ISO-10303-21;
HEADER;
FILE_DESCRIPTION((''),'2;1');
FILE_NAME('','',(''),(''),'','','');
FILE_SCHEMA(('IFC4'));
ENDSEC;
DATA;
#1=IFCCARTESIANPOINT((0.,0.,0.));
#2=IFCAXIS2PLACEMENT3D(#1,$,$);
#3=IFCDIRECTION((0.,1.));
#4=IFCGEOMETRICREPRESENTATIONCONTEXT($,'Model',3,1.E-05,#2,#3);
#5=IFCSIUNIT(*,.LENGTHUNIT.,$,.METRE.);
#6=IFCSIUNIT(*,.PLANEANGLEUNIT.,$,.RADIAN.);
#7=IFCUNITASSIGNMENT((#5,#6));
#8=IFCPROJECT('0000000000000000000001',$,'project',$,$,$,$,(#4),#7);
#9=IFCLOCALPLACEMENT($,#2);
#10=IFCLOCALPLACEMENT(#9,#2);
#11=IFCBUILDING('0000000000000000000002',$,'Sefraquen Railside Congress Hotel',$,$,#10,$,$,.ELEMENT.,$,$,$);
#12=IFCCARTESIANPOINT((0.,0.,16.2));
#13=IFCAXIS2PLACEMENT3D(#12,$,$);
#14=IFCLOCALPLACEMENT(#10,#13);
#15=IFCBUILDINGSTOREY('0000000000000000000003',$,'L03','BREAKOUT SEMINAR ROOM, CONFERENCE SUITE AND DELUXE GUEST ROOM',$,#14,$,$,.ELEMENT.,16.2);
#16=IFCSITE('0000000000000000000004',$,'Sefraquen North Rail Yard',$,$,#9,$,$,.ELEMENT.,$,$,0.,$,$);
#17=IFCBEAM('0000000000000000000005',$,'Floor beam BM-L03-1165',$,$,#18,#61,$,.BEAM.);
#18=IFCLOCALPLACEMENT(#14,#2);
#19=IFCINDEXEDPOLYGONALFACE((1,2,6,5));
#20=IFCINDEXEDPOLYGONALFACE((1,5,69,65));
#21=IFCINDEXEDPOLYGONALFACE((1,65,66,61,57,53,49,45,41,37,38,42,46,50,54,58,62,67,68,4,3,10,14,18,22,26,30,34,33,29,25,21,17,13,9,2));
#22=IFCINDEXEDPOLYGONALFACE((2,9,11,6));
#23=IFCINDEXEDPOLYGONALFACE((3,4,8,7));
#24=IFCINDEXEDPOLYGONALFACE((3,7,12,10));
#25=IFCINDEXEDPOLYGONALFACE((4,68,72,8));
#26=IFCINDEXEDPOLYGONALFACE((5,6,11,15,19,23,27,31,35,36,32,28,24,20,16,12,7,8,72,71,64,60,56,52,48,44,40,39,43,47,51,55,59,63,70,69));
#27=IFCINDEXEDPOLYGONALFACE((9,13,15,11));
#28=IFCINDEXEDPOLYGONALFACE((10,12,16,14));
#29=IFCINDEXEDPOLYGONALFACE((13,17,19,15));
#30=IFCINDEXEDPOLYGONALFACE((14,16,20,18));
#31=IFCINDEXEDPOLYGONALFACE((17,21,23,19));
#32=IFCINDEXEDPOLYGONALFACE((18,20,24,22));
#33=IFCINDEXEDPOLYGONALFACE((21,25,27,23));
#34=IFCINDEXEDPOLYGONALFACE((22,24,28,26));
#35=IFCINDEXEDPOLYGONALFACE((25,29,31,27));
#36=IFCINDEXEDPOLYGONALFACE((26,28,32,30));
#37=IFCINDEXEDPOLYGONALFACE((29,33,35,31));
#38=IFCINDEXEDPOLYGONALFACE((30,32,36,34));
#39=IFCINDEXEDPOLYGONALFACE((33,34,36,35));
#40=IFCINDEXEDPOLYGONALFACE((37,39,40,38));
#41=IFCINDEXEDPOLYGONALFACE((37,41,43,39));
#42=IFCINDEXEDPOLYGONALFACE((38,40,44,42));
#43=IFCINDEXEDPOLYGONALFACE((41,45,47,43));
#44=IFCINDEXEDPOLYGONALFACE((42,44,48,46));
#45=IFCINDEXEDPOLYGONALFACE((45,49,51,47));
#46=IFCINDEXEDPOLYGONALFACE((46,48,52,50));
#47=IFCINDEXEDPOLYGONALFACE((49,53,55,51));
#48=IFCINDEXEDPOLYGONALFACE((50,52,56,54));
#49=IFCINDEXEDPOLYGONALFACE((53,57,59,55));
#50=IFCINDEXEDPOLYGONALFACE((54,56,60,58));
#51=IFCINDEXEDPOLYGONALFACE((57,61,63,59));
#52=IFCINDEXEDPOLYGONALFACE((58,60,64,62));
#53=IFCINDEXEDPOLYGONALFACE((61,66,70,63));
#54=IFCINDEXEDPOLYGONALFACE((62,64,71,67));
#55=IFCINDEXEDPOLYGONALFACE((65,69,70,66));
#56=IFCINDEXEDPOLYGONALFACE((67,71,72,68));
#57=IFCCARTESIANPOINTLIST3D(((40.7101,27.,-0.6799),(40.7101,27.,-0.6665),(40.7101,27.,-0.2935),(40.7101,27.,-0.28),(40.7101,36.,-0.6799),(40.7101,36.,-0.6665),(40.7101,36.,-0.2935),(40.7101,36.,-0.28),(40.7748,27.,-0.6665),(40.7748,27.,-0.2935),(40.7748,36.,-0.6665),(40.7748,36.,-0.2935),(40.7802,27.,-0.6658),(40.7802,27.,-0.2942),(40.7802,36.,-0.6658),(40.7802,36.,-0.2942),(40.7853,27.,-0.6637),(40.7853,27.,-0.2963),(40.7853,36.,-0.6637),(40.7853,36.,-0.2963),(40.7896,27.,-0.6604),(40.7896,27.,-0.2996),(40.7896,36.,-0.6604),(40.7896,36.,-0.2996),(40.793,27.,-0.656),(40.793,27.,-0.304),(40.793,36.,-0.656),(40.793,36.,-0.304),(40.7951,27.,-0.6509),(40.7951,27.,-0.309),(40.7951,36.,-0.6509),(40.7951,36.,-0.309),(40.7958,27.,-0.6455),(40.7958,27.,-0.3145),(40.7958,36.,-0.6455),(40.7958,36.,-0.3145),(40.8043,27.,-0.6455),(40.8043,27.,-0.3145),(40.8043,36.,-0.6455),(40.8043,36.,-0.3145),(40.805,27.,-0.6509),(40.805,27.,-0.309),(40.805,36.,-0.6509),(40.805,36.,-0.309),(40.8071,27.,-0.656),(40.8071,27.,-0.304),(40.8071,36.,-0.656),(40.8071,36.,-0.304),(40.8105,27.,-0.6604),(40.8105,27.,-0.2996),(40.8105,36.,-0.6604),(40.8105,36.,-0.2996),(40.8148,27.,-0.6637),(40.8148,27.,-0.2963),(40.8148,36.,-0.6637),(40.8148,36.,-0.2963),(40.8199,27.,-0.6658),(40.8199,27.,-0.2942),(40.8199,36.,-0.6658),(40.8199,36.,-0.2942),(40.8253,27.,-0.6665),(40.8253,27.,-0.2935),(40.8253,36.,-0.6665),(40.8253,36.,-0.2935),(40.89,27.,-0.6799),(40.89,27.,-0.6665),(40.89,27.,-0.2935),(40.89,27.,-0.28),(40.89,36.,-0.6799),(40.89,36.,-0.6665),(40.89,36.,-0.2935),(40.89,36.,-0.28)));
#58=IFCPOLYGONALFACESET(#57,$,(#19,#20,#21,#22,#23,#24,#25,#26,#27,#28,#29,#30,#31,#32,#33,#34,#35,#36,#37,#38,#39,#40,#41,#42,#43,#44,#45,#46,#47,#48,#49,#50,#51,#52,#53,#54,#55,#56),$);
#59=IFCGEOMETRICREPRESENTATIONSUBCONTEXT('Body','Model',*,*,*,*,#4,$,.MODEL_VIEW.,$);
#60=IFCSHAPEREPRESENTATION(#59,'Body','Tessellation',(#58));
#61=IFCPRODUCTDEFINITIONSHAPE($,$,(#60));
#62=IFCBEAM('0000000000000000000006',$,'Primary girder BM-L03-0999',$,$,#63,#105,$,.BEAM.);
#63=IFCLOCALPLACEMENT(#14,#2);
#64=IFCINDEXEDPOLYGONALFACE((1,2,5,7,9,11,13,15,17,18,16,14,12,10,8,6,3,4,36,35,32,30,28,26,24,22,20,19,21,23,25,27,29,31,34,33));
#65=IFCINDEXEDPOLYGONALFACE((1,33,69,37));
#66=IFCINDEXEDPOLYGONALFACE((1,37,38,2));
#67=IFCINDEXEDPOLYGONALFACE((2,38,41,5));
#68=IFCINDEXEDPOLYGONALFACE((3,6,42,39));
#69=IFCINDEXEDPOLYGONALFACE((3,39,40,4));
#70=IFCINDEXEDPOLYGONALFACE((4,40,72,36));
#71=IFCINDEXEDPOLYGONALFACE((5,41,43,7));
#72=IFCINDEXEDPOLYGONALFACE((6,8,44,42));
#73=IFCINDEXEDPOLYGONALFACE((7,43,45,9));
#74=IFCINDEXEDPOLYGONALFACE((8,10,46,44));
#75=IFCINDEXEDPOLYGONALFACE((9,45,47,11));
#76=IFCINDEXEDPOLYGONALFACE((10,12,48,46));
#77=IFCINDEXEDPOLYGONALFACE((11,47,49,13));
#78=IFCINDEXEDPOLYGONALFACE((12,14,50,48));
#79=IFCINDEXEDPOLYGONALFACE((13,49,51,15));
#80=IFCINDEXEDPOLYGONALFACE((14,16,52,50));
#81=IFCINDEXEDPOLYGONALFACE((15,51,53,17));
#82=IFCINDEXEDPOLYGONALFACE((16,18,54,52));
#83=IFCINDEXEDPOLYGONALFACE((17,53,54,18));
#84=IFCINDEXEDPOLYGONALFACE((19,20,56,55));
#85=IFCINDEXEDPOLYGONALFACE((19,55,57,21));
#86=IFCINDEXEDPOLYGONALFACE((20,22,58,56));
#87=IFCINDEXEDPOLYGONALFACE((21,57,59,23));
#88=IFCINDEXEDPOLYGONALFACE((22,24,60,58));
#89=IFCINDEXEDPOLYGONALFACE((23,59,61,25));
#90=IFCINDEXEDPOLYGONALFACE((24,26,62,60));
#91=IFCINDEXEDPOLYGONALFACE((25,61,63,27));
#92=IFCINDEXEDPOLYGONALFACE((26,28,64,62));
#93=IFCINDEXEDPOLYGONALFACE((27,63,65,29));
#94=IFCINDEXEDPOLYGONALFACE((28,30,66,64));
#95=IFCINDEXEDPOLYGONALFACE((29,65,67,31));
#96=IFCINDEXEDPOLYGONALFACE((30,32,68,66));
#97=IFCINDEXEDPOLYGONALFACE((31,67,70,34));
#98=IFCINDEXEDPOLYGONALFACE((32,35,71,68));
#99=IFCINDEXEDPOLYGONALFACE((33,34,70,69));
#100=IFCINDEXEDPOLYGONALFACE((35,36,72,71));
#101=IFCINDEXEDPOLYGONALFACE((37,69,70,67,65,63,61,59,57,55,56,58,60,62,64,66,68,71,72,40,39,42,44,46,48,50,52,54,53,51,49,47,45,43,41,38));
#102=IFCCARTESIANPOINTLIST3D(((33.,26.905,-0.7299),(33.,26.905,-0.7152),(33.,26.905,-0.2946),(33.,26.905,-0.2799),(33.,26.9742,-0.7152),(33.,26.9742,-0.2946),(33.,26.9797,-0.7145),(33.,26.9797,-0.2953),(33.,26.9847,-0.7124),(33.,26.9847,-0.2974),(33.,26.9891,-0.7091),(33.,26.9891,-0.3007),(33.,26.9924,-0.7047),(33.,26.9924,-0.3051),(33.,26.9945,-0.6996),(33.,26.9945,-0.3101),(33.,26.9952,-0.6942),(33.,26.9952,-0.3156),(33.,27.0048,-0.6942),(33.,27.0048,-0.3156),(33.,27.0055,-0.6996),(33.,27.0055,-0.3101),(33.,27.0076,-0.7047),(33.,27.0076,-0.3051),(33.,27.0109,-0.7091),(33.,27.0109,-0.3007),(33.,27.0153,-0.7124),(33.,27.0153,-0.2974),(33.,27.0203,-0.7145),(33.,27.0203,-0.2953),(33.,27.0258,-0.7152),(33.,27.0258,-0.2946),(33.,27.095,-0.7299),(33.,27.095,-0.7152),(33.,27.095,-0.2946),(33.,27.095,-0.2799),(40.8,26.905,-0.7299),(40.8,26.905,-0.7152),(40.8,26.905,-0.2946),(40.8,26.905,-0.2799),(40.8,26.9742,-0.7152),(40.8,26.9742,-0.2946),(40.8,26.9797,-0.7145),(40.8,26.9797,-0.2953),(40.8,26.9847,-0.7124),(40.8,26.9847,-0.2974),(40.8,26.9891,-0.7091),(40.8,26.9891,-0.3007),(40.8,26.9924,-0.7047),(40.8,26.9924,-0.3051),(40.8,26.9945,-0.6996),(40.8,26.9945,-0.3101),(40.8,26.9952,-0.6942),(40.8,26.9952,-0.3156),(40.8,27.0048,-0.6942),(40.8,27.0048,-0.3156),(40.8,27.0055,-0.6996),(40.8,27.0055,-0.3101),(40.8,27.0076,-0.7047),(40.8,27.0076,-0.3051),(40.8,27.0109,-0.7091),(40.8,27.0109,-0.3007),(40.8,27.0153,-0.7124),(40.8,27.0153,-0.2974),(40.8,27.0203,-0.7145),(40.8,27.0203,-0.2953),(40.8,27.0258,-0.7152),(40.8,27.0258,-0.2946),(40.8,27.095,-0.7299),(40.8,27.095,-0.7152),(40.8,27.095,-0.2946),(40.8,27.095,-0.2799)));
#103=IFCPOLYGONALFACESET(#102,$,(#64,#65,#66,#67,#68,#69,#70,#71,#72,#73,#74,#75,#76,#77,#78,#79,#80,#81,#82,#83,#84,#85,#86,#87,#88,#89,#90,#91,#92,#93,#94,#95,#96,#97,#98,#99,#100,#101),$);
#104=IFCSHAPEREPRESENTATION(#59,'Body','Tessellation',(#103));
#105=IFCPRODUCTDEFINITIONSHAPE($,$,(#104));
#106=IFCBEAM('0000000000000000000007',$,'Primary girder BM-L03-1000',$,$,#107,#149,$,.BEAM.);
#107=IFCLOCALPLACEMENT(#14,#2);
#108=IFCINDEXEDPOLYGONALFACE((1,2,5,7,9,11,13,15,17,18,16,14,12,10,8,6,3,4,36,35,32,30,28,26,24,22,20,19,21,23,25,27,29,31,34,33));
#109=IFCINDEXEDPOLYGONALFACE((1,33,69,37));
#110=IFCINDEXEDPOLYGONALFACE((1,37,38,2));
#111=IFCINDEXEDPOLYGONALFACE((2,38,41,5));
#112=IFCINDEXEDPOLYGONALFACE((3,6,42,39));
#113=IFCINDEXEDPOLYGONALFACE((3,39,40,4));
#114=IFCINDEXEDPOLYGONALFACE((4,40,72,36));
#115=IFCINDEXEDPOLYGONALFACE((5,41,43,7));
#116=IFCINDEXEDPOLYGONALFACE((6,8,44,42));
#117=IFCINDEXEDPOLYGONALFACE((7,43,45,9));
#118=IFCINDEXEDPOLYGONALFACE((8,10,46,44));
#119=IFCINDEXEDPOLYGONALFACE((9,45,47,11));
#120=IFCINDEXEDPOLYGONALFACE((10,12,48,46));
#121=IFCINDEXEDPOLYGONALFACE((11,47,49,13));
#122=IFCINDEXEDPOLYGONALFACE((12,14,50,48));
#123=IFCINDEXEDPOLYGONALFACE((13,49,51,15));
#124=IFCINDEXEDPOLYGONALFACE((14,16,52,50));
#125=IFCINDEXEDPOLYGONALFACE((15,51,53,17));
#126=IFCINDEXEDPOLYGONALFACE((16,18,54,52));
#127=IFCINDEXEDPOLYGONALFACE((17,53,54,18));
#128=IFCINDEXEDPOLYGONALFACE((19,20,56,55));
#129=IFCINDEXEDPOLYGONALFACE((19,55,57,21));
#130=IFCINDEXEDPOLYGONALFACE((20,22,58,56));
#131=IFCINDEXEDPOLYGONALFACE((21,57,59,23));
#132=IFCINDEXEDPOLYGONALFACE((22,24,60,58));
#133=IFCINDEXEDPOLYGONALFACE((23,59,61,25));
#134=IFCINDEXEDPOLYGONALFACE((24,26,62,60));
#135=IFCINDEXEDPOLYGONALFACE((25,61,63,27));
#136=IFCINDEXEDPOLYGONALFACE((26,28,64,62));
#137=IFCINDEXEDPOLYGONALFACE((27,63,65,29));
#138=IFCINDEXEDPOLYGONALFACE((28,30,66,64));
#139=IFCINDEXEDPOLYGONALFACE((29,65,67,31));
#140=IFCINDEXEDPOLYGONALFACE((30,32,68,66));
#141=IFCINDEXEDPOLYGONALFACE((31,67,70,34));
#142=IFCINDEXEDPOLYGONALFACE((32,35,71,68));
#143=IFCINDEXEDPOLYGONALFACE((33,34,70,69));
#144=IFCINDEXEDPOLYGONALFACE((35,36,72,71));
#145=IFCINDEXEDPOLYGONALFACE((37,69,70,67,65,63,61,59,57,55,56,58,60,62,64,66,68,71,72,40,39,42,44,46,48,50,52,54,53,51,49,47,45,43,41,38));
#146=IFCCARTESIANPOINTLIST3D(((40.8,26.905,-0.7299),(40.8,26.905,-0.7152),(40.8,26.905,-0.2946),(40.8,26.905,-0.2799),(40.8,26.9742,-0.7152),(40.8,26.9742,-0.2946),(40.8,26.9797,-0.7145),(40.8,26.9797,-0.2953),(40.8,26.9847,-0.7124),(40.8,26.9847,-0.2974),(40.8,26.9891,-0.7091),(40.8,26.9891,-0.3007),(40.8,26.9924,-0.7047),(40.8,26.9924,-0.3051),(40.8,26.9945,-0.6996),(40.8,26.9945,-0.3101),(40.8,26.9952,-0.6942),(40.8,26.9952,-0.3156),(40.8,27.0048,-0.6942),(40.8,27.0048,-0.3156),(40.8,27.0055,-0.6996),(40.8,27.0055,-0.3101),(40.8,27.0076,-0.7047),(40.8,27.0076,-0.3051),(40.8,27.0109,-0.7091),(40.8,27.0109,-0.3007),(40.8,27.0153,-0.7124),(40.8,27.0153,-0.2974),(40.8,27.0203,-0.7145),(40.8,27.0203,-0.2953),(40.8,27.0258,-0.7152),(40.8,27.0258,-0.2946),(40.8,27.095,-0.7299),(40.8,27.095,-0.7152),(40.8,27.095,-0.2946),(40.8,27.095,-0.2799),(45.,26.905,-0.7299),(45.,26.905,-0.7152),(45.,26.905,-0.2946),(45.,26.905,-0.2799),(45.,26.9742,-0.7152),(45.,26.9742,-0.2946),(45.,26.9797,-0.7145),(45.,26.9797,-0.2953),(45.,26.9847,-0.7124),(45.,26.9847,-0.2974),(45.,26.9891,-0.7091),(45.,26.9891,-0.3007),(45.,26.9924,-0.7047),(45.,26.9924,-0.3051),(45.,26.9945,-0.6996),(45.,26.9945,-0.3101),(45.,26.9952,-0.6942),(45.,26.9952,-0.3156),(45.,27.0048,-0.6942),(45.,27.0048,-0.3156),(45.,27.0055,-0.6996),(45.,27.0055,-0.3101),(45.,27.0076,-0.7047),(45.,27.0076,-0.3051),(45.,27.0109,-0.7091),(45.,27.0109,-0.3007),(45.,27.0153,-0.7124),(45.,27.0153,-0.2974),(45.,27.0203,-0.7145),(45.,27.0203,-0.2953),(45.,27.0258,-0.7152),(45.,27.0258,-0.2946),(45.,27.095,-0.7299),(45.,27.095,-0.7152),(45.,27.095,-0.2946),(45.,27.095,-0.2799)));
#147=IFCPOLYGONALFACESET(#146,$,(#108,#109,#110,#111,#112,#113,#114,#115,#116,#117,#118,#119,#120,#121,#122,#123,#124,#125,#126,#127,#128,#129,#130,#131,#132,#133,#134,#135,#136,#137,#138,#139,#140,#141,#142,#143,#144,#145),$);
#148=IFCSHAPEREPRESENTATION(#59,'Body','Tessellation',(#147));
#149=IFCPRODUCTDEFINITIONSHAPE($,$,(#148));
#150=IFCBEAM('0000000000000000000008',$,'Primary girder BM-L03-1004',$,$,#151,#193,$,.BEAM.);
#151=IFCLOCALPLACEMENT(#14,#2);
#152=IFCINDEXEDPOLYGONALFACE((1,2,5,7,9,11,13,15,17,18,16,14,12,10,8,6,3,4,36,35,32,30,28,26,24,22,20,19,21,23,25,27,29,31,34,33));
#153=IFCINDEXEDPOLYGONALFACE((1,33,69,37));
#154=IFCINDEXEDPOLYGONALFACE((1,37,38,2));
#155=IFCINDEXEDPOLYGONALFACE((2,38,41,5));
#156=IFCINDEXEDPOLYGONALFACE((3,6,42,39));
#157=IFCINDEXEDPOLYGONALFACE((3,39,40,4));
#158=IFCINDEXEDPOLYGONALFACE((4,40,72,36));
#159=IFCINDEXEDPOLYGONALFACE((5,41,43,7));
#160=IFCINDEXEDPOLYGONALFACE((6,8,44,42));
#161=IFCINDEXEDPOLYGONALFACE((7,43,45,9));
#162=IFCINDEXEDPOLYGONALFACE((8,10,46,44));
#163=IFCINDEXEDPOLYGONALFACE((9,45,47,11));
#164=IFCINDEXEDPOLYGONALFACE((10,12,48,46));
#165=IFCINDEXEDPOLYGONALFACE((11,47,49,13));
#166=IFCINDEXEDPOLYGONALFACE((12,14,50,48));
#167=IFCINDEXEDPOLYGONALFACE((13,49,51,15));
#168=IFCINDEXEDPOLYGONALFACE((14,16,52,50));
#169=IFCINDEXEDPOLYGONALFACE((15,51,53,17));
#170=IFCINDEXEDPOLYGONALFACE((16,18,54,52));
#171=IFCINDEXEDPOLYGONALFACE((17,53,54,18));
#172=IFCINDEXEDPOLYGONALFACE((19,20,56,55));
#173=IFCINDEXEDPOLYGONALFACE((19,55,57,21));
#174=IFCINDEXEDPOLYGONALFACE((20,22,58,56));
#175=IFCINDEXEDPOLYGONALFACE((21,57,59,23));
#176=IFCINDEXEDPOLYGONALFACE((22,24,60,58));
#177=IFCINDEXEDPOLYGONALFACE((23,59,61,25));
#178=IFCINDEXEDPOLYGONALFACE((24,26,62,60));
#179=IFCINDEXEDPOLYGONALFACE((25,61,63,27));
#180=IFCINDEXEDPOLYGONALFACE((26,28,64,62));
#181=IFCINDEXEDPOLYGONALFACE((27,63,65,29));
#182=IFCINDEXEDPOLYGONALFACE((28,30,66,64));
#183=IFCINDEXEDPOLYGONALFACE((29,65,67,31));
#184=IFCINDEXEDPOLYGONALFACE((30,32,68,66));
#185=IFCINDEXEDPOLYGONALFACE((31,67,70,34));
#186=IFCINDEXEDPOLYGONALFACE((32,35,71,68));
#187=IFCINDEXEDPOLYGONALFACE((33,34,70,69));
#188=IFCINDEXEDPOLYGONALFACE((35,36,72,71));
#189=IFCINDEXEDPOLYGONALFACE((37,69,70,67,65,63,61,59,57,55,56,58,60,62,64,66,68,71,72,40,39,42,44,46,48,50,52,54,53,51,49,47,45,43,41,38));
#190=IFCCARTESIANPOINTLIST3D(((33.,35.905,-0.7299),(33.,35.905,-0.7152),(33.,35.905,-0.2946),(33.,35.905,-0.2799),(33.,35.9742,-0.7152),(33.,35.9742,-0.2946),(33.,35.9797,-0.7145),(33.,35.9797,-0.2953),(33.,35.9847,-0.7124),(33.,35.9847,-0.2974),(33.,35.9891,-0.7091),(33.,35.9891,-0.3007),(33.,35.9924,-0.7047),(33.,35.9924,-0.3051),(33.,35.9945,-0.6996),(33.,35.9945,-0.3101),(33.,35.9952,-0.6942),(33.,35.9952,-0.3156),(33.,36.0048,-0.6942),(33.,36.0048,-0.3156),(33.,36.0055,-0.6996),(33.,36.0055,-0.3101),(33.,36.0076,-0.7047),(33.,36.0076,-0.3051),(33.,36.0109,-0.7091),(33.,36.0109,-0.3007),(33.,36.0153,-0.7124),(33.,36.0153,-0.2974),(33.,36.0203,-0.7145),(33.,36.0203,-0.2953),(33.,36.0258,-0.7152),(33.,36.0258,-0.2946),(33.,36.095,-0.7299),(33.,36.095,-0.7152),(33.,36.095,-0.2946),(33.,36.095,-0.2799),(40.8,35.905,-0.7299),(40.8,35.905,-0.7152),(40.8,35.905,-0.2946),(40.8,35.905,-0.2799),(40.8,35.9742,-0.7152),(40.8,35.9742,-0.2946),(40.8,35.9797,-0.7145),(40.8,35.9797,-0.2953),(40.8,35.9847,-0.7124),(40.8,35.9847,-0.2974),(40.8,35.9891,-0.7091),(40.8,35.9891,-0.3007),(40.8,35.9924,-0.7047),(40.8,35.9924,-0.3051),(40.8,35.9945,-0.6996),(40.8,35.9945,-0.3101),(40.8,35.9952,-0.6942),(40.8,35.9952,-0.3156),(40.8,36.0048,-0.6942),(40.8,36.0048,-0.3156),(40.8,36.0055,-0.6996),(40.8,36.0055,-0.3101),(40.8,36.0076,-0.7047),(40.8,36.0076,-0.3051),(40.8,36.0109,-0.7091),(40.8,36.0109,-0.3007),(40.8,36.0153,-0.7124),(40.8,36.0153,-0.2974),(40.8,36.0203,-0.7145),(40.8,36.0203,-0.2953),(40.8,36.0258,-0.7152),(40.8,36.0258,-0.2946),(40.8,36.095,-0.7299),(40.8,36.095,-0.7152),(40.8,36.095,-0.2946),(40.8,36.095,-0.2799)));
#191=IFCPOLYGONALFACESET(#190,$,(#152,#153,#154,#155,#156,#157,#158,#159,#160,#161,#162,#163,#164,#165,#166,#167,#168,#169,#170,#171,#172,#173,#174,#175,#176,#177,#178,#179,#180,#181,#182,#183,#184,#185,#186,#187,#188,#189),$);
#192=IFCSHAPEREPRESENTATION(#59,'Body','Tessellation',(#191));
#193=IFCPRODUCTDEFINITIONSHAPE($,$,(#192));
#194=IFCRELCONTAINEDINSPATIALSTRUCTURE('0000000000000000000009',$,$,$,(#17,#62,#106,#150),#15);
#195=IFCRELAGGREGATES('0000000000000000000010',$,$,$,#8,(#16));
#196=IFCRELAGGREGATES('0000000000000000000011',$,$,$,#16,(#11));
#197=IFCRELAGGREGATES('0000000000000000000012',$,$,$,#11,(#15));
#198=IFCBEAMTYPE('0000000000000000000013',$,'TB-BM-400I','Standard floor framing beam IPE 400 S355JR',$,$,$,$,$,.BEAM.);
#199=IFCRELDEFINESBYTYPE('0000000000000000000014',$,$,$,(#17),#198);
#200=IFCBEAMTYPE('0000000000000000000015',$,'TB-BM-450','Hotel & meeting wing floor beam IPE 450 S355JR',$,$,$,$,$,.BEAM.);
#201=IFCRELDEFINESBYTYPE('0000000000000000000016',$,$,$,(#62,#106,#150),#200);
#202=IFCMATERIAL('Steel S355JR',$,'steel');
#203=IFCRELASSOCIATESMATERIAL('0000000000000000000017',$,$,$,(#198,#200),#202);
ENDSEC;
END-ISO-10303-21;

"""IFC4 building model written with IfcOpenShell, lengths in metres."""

from ifc_helpers import new_model, si_unit, direction, frame, origin, origin_2d, place, context, subcontext, project, spatial, i_section, extrude, material, material_profile, profile_set, type_object, element, save


model = new_model("IFC4")

# Units and contexts
model_context = context("Model", 3, precision=1e-05, world=origin(), true_north=direction((0.0, 1.0)))
body_context = subcontext(model_context, "Body", "Model", "MODEL_VIEW")
ifc_project = project(units=[si_unit("LENGTHUNIT", "METRE"), si_unit("PLANEANGLEUNIT", "RADIAN")], contexts=[model_context])

# Site, building, storey
site_placement = place(None, origin())
site = spatial("IfcSite", under=ifc_project, at=site_placement, Name="Sefraquen North Rail Yard", CompositionType="ELEMENT", RefElevation=0.0)
building_placement = place(site_placement, origin())
building = spatial("IfcBuilding", under=site, at=building_placement, Name="Sefraquen Railside Congress Hotel", CompositionType="ELEMENT")
storey_placement = place(building_placement, frame((0.0, 0.0, 16.2)))
storey = spatial("IfcBuildingStorey", under=building, at=storey_placement, Name="L03", Description="BREAKOUT SEMINAR ROOM, CONFERENCE SUITE AND DELUXE GUEST ROOM", CompositionType="ELEMENT", Elevation=16.2)

# Shared definitions
ifc_material_1 = material(Name="Steel S355JR", Category="steel")

# Beams
ifc_material_profile_1 = material_profile(ifc_material_1, i_section(OverallWidth=0.1799, OverallDepth=0.3999, WebThickness=0.0085, FlangeThickness=0.0134, FilletRadius=0.021, at=origin_2d()), Name="IPE 400")
ifc_profile_set_1 = profile_set([ifc_material_profile_1], Name="Steel S355JR")
beam_type_1 = type_object("IfcBeamType", Name="TB-BM-400I", Description="Standard floor framing beam IPE 400 S355JR", PredefinedType="BEAM", material=ifc_profile_set_1)
for number, where, z_axis, x_axis, name in (
    (1, (40.8, 27.0, -0.48), (0.0, 1.0, 0.0), (-1.0, 0.0, 0.0), "Floor beam BM-L03-1165"),
):
    element("IfcBeam", number, at=place(storey_placement, frame(where, z_axis=z_axis, x_axis=x_axis)), inside=storey, type_object=beam_type_1, Name=name, PredefinedType="BEAM", context=body_context, shape_type="SweptSolid", body=[
        extrude(i_section(OverallWidth=0.1799, OverallDepth=0.3999, WebThickness=0.0085, FlangeThickness=0.0134, FilletRadius=0.021, at=origin_2d()), origin(), (0.0, 0.0, 1.0), 9.0),
    ])
ifc_material_profile_2 = material_profile(ifc_material_1, i_section(OverallWidth=0.1899, OverallDepth=0.45, WebThickness=0.0095, FlangeThickness=0.0146, FilletRadius=0.021, at=origin_2d()), Name="IPE 450")
ifc_profile_set_2 = profile_set([ifc_material_profile_2], Name="Steel S355JR")
beam_type_2 = type_object("IfcBeamType", Name="TB-BM-450", Description="Hotel & meeting wing floor beam IPE 450 S355JR", PredefinedType="BEAM", material=ifc_profile_set_2)
beam_1_placement = place(storey_placement, frame((33.0, 27.0, -0.5049), z_axis=(1.0, 0.0, 0.0), x_axis=(0.0, 1.0, 0.0)))
element("IfcBeam", 2, at=beam_1_placement, inside=storey, type_object=beam_type_2, Name="Primary girder BM-L03-0999", PredefinedType="BEAM", context=body_context, shape_type="SweptSolid", body=[
    extrude(i_section(OverallWidth=0.1899, OverallDepth=0.45, WebThickness=0.0095, FlangeThickness=0.0146, FilletRadius=0.021, at=origin_2d()), origin(), (0.0, 0.0, 1.0), 7.8),
])
beam_2_placement = place(storey_placement, frame((40.8, 27.0, -0.5049), z_axis=(1.0, 0.0, 0.0), x_axis=(0.0, 1.0, 0.0)))
element("IfcBeam", 3, at=beam_2_placement, inside=storey, type_object=beam_type_2, Name="Primary girder BM-L03-1000", PredefinedType="BEAM", context=body_context, shape_type="SweptSolid", body=[
    extrude(i_section(OverallWidth=0.1899, OverallDepth=0.45, WebThickness=0.0095, FlangeThickness=0.0146, FilletRadius=0.021, at=origin_2d()), origin(), (0.0, 0.0, 1.0), 4.2),
])
beam_3_placement = place(storey_placement, frame((33.0, 36.0, -0.5049), z_axis=(1.0, 0.0, 0.0), x_axis=(0.0, 1.0, 0.0)))
element("IfcBeam", 4, at=beam_3_placement, inside=storey, type_object=beam_type_2, Name="Primary girder BM-L03-1004", PredefinedType="BEAM", context=body_context, shape_type="SweptSolid", body=[
    extrude(i_section(OverallWidth=0.1899, OverallDepth=0.45, WebThickness=0.0095, FlangeThickness=0.0146, FilletRadius=0.021, at=origin_2d()), origin(), (0.0, 0.0, 1.0), 7.8),
])

save(model, "model.ifc")
